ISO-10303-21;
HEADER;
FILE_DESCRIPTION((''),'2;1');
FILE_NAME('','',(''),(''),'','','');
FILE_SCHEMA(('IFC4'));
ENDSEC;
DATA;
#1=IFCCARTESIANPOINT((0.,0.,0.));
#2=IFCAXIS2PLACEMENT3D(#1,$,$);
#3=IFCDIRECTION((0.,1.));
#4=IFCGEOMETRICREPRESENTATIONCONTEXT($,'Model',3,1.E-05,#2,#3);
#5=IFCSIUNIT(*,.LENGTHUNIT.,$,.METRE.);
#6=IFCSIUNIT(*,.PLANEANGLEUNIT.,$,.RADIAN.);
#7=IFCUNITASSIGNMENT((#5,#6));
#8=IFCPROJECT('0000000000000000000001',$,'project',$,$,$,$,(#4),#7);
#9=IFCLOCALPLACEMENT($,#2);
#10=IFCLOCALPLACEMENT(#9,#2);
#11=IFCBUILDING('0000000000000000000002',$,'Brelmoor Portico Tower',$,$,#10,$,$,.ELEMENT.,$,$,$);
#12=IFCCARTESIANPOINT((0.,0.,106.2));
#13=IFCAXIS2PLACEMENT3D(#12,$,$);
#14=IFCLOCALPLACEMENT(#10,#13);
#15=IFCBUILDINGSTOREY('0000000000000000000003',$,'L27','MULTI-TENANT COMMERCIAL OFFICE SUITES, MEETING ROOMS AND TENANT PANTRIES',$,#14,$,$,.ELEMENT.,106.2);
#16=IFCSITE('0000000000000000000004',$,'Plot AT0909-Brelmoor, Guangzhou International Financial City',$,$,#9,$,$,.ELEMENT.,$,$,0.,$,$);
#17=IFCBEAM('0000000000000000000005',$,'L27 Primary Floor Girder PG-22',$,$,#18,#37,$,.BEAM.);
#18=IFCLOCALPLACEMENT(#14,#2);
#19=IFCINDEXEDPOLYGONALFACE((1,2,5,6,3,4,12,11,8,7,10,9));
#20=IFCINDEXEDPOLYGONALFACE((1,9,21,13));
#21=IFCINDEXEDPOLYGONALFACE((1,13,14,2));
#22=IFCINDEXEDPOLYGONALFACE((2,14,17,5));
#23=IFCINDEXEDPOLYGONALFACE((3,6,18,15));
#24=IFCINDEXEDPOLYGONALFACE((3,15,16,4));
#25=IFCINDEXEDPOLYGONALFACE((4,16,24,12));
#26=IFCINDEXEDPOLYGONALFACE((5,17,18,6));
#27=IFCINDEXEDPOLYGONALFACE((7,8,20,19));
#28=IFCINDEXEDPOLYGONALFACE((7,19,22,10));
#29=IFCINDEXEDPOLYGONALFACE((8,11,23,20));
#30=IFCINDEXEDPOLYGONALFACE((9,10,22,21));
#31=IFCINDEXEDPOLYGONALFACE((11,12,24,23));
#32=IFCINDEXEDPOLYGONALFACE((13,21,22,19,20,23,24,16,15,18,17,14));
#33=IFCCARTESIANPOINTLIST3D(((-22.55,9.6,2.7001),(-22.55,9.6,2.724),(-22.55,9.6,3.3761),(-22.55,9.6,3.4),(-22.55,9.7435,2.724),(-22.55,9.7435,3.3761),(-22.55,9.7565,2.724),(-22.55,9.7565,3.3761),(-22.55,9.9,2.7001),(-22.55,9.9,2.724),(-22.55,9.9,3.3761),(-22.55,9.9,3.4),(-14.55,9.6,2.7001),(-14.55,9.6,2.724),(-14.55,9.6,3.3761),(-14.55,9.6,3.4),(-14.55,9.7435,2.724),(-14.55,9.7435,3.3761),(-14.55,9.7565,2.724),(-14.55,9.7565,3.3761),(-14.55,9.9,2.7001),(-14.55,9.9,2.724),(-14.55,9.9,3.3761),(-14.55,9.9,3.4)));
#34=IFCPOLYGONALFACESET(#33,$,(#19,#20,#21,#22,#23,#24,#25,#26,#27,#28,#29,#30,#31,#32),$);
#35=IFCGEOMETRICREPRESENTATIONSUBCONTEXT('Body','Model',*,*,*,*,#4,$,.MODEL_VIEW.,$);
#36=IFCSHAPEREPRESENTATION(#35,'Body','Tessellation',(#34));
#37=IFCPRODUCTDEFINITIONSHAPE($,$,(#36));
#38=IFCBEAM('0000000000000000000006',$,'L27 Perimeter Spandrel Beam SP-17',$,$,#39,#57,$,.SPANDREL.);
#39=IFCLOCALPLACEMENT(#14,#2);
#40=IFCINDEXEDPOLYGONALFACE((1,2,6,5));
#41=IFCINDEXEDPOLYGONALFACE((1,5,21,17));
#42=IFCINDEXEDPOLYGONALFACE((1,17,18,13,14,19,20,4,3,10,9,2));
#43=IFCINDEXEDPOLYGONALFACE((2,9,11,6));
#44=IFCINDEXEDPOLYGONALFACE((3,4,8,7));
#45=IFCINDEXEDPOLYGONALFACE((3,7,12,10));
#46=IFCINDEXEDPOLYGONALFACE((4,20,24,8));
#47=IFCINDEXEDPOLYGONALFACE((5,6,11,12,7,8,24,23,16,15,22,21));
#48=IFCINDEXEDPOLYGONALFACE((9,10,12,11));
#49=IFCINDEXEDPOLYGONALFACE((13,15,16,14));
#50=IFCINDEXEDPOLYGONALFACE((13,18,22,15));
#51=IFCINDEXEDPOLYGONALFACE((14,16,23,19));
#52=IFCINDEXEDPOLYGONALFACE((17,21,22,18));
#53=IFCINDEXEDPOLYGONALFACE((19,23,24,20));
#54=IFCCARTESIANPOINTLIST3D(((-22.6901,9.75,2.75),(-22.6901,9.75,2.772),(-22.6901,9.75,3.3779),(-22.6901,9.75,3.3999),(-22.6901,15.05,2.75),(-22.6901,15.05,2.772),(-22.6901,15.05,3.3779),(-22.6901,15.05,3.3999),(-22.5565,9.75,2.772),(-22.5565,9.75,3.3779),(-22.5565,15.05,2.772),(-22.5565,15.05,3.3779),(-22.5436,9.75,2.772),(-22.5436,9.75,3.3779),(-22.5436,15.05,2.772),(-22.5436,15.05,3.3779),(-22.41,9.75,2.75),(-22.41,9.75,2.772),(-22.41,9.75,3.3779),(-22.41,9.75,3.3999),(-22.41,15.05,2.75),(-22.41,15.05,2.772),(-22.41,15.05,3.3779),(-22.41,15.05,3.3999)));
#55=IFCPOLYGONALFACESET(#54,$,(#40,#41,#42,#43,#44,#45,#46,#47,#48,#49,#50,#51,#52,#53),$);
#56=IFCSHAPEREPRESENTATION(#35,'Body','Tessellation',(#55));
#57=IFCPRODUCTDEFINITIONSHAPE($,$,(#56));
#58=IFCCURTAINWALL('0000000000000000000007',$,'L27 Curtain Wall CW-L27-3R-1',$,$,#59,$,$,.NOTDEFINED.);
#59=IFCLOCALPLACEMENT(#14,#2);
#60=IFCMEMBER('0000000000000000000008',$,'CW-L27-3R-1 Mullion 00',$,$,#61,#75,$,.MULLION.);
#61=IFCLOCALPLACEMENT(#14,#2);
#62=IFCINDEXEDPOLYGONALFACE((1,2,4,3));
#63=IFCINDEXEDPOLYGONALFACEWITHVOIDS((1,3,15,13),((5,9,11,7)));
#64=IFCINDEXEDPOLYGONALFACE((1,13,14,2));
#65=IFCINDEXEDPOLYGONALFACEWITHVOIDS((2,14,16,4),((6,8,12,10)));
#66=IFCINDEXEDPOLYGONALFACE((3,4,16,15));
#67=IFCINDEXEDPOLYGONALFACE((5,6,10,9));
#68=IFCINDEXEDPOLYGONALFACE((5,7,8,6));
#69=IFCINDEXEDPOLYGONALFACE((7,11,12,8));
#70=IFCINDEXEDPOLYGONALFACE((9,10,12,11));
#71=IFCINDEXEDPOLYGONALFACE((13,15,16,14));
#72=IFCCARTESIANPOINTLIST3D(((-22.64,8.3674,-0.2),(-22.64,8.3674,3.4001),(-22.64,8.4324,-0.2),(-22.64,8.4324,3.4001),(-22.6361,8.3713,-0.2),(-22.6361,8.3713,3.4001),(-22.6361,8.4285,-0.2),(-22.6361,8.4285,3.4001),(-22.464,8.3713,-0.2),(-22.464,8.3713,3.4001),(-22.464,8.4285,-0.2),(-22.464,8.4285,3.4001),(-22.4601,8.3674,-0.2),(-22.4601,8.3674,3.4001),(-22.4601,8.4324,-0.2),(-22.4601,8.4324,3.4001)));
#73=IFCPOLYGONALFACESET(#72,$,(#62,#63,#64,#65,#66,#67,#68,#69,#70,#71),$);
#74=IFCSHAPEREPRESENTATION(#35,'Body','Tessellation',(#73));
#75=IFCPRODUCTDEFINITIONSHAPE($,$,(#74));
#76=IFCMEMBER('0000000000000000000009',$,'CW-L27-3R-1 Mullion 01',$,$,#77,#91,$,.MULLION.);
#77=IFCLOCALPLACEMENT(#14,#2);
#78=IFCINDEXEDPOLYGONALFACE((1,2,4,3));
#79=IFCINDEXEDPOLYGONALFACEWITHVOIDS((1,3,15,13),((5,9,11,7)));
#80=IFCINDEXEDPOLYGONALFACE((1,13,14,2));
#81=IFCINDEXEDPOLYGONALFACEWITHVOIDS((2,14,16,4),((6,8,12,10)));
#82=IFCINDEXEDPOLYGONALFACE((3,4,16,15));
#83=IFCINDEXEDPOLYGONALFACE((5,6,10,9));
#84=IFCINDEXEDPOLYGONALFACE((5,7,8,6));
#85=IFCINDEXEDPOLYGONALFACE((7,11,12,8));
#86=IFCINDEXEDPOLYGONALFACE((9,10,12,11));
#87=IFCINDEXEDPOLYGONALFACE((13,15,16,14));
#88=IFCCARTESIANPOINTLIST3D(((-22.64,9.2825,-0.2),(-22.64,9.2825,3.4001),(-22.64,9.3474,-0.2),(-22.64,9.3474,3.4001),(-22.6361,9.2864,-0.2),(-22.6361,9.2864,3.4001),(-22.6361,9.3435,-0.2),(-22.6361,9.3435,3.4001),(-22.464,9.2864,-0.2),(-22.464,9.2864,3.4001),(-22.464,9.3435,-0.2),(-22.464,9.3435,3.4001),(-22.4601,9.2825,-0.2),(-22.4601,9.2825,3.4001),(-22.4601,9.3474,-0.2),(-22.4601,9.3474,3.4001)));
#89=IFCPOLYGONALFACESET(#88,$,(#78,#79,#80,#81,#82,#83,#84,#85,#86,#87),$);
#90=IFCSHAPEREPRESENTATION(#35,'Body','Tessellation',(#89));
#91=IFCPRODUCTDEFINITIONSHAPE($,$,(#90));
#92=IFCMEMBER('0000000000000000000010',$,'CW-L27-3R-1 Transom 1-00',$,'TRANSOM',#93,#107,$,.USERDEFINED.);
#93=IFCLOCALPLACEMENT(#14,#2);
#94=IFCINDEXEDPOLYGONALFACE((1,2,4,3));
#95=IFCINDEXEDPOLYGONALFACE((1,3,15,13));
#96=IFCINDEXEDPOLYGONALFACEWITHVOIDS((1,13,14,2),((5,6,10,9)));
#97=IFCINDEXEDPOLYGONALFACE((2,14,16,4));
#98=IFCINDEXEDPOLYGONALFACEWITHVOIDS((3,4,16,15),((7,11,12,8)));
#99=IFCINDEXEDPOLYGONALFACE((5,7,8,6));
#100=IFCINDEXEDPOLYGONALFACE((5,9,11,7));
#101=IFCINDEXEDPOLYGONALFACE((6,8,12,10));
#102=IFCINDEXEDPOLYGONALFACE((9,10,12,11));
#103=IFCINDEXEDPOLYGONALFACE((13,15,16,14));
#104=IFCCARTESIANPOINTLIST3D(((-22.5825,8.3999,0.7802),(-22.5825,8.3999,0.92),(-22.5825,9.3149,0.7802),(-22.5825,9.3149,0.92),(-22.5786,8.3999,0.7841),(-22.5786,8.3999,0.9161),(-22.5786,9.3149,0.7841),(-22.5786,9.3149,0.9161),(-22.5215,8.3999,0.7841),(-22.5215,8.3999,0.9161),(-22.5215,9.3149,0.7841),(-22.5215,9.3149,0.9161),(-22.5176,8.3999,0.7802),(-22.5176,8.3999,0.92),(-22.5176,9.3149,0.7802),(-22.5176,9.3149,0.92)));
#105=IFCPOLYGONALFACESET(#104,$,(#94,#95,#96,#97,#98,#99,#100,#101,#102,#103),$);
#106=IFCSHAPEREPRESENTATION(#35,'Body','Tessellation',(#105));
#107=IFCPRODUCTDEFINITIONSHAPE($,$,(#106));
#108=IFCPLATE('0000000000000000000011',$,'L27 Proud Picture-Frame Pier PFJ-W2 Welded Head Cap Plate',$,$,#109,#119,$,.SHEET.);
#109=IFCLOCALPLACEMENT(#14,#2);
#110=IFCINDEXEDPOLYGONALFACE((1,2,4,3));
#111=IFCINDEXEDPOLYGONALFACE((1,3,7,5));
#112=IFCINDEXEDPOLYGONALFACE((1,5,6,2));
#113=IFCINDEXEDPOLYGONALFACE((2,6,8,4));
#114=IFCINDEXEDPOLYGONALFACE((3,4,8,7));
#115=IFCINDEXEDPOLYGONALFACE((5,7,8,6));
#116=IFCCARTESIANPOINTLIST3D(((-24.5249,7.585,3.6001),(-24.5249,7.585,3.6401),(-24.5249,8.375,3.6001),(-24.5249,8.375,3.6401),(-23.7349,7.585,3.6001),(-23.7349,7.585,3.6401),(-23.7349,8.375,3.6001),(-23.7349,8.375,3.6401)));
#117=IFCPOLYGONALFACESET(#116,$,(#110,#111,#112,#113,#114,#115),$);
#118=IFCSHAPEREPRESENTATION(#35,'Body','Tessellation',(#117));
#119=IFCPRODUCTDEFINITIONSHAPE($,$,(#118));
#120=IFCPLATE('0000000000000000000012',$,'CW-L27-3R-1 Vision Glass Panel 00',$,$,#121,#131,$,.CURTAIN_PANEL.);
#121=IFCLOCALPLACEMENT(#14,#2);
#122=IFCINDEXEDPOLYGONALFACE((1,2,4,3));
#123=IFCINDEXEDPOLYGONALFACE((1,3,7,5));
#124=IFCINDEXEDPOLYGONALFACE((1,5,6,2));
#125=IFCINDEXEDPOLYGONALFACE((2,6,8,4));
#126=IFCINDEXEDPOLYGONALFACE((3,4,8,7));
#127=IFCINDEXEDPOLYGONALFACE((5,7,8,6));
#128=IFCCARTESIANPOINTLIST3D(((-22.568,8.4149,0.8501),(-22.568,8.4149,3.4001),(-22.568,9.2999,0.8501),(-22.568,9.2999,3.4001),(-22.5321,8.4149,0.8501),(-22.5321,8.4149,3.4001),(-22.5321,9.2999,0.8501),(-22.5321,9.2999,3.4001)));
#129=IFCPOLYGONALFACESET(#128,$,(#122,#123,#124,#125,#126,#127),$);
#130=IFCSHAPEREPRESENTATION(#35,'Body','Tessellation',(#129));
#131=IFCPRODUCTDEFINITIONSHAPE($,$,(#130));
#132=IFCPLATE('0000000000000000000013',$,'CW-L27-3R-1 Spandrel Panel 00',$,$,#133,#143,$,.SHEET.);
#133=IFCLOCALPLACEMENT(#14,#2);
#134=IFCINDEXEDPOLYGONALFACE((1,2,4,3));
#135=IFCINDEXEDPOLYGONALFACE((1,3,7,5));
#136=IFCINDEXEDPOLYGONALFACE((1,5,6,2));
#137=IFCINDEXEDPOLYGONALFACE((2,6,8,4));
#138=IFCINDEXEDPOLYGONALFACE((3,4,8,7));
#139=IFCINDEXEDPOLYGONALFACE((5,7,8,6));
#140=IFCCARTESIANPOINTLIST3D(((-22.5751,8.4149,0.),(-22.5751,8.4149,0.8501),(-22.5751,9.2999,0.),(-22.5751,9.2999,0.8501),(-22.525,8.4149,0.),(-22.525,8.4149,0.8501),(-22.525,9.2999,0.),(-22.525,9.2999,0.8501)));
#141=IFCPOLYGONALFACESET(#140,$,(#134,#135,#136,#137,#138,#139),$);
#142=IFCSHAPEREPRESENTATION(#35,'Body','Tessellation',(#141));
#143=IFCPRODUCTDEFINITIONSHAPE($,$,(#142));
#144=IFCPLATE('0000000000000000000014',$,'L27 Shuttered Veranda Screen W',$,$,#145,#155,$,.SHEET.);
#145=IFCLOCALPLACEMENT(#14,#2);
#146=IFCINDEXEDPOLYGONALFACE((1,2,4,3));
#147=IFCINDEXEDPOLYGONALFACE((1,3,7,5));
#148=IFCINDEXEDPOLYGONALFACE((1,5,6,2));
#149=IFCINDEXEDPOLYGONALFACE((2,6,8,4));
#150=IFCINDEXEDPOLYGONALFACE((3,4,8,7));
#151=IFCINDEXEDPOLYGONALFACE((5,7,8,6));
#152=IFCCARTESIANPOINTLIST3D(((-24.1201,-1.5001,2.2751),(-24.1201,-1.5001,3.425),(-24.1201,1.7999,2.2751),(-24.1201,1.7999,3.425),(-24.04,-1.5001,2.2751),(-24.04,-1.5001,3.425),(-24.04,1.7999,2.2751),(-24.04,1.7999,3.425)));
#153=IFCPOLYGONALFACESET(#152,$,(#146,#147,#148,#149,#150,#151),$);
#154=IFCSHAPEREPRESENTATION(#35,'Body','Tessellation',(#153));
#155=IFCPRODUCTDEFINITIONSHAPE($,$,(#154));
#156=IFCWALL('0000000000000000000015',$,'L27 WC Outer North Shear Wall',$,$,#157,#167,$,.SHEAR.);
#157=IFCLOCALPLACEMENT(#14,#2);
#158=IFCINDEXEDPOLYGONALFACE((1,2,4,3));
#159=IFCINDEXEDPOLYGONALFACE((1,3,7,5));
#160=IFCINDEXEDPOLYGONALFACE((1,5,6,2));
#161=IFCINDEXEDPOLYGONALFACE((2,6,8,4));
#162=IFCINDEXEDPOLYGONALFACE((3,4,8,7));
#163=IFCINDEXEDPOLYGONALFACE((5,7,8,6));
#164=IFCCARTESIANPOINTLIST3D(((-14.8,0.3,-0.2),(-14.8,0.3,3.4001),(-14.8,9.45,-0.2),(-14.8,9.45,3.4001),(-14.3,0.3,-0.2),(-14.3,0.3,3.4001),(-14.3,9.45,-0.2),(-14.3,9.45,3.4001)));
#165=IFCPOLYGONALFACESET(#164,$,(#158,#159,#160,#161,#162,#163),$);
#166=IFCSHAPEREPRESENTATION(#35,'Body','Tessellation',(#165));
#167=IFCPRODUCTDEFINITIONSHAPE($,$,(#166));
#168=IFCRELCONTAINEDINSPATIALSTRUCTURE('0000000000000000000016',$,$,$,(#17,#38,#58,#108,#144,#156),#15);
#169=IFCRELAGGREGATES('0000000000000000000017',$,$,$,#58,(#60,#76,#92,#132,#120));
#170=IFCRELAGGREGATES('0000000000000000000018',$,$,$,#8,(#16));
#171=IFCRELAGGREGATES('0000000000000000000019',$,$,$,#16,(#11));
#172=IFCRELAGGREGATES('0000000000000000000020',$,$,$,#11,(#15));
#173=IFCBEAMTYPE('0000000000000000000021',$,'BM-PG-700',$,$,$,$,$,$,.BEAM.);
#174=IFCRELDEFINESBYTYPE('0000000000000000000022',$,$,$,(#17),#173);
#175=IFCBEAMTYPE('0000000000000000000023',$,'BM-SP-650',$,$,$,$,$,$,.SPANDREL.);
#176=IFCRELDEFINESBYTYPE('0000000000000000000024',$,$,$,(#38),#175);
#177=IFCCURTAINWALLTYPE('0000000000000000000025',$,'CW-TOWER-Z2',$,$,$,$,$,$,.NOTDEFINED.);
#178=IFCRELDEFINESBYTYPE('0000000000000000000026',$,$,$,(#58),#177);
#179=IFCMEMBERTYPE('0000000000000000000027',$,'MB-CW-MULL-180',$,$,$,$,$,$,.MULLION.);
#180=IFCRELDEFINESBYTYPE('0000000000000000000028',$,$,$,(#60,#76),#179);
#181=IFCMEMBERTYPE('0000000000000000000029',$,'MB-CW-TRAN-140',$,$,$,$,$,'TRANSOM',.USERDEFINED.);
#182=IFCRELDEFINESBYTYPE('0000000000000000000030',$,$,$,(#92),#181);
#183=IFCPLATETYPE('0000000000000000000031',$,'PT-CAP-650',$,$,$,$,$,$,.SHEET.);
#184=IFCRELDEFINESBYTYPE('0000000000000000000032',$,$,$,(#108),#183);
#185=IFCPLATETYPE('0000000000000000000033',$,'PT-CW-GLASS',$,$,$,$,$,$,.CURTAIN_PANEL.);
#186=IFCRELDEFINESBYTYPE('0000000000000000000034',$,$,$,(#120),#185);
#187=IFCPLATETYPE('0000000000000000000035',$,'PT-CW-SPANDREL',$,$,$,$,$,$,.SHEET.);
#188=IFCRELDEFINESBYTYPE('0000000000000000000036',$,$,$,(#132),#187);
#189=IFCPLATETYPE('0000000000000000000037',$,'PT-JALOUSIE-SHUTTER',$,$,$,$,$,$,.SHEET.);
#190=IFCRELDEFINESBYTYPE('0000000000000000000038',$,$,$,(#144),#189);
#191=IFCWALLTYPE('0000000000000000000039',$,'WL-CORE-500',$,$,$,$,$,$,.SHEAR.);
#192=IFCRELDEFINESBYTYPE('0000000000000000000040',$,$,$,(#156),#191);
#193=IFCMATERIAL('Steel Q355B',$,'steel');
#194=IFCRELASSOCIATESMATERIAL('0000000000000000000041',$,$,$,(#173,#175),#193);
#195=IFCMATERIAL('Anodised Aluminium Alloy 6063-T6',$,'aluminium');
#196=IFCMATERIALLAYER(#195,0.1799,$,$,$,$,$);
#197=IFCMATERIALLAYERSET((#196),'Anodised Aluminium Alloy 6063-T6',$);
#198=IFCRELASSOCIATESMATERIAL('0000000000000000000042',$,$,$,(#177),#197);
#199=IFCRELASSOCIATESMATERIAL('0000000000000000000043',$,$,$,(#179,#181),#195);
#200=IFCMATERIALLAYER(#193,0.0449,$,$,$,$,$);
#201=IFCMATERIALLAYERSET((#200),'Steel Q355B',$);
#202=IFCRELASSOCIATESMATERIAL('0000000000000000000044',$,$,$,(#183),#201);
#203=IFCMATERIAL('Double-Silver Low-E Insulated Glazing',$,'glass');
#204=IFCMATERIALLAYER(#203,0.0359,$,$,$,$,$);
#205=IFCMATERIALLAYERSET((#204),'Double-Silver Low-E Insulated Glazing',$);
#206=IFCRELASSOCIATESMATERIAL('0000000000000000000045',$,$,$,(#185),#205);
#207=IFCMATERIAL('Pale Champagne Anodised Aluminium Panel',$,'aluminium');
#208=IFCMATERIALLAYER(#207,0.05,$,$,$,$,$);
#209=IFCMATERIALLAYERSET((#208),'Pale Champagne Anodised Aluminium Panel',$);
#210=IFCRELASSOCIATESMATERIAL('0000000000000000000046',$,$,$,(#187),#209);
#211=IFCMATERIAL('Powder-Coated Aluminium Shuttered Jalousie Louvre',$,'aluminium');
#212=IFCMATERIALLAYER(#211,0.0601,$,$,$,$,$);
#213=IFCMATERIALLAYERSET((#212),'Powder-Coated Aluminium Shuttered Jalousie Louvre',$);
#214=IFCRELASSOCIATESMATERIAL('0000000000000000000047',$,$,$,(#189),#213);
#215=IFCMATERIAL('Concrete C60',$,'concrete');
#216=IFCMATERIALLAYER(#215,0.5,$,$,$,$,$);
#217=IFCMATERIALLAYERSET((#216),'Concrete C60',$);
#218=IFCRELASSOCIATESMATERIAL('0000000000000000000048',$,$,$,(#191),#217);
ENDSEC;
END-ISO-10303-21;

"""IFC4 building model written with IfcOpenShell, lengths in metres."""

from ifc_helpers import new_model, si_unit, direction, frame, frame_2d, origin, origin_2d, place, context, subcontext, project, spatial, rectangle, hollow_rectangle, i_section, extrude, material, layer, layer_set, material_profile, profile_set, type_object, element, aggregate, save


model = new_model("IFC4")

# Units and contexts
model_context = context("Model", 3, precision=1e-05, world=origin(), true_north=direction((0.0, 1.0)))
body_context = subcontext(model_context, "Body", "Model", "MODEL_VIEW")
ifc_project = project(units=[si_unit("LENGTHUNIT", "METRE"), si_unit("PLANEANGLEUNIT", "RADIAN")], contexts=[model_context])

# Site, building, storey
site_placement = place(None, origin())
site = spatial("IfcSite", under=ifc_project, at=site_placement, Name="Plot AT0909-Brelmoor, Guangzhou International Financial City", CompositionType="ELEMENT", RefElevation=0.0)
building_placement = place(site_placement, origin())
building = spatial("IfcBuilding", under=site, at=building_placement, Name="Brelmoor Portico Tower", CompositionType="ELEMENT")
storey_placement = place(building_placement, frame((0.0, 0.0, 106.2)))
storey = spatial("IfcBuildingStorey", under=building, at=storey_placement, Name="L27", Description="MULTI-TENANT COMMERCIAL OFFICE SUITES, MEETING ROOMS AND TENANT PANTRIES", CompositionType="ELEMENT", Elevation=106.2)

# Shared definitions
ifc_material_1 = material(Name="Steel Q355B", Category="steel")

# Beams
ifc_material_profile_1 = material_profile(ifc_material_1, i_section(OverallWidth=0.3, OverallDepth=0.7, WebThickness=0.0129, FlangeThickness=0.0239, at=origin_2d()), Name="HN 700x300x13x24")
ifc_profile_set_1 = profile_set([ifc_material_profile_1], Name="Steel Q355B")
beam_type_1 = type_object("IfcBeamType", Name="BM-PG-700", PredefinedType="BEAM", material=ifc_profile_set_1)
beam_1_placement = place(storey_placement, frame((-22.55, 9.75, 3.05), z_axis=(1.0, 0.0, 0.0), x_axis=(0.0, 1.0, 0.0)))
element("IfcBeam", 1, at=beam_1_placement, inside=storey, type_object=beam_type_1, Name="L27 Primary Floor Girder PG-22", PredefinedType="BEAM", context=body_context, shape_type="SweptSolid", body=[
    extrude(i_section(OverallWidth=0.3, OverallDepth=0.7, WebThickness=0.0129, FlangeThickness=0.0239, at=origin_2d()), origin(), (0.0, 0.0, 1.0), 8.0),
])
ifc_material_profile_2 = material_profile(ifc_material_1, i_section(OverallWidth=0.28, OverallDepth=0.6499, WebThickness=0.0129, FlangeThickness=0.022, at=origin_2d()), Name="HN 650x280x13x22")
ifc_profile_set_2 = profile_set([ifc_material_profile_2], Name="Steel Q355B")
beam_type_2 = type_object("IfcBeamType", Name="BM-SP-650", PredefinedType="SPANDREL", material=ifc_profile_set_2)
beam_2_placement = place(storey_placement, frame((-22.55, 9.75, 3.075), z_axis=(0.0, 1.0, 0.0), x_axis=(-1.0, 0.0, 0.0)))
element("IfcBeam", 2, at=beam_2_placement, inside=storey, type_object=beam_type_2, Name="L27 Perimeter Spandrel Beam SP-17", PredefinedType="SPANDREL", context=body_context, shape_type="SweptSolid", body=[
    extrude(i_section(OverallWidth=0.28, OverallDepth=0.6499, WebThickness=0.0129, FlangeThickness=0.022, at=origin_2d()), origin(), (0.0, 0.0, 1.0), 5.3),
])

# Curtain wall, members
ifc_material_2 = material(Name="Anodised Aluminium Alloy 6063-T6", Category="aluminium")
ifc_layer_1 = layer(ifc_material_2, 0.1799)
ifc_layer_set_1 = layer_set([ifc_layer_1], Name="Anodised Aluminium Alloy 6063-T6")
curtain_wall_type = type_object("IfcCurtainWallType", Name="CW-TOWER-Z2", PredefinedType="NOTDEFINED", material=ifc_layer_set_1)
curtain_wall_placement = place(storey_placement, origin())
curtain_wall = element("IfcCurtainWall", 3, at=curtain_wall_placement, inside=storey, type_object=curtain_wall_type, Name="L27 Curtain Wall CW-L27-3R-1", PredefinedType="NOTDEFINED")
ifc_material_profile_3 = material_profile(ifc_material_2, hollow_rectangle(XDim=0.0649, YDim=0.1799, WallThickness=0.0039, at=origin_2d()), Name="ALU MULLION 65x180")
ifc_profile_set_3 = profile_set([ifc_material_profile_3], Name="Anodised Aluminium Alloy 6063-T6")
member_type_1 = type_object("IfcMemberType", Name="MB-CW-MULL-180", PredefinedType="MULLION", material=ifc_profile_set_3)
member_1_placement = place(storey_placement, frame((-22.55, 8.3999, -0.2), z_axis=(0.0, 0.0, 1.0), x_axis=(0.0, 1.0, 0.0)))
member_1 = element("IfcMember", 4, at=member_1_placement, type_object=member_type_1, Name="CW-L27-3R-1 Mullion 00", PredefinedType="MULLION", context=body_context, shape_type="SweptSolid", body=[
    extrude(hollow_rectangle(XDim=0.0649, YDim=0.1799, WallThickness=0.0039, at=origin_2d()), origin(), (0.0, 0.0, 1.0), 3.6001),
])
member_2_placement = place(storey_placement, frame((-22.55, 9.3149, -0.2), z_axis=(0.0, 0.0, 1.0), x_axis=(0.0, 1.0, 0.0)))
member_2 = element("IfcMember", 5, at=member_2_placement, type_object=member_type_1, Name="CW-L27-3R-1 Mullion 01", PredefinedType="MULLION", context=body_context, shape_type="SweptSolid", body=[
    extrude(hollow_rectangle(XDim=0.0649, YDim=0.1799, WallThickness=0.0039, at=origin_2d()), origin(), (0.0, 0.0, 1.0), 3.6001),
])
ifc_material_profile_4 = material_profile(ifc_material_2, hollow_rectangle(XDim=0.0649, YDim=0.1399, WallThickness=0.0039, at=origin_2d()), Name="ALU TRANSOM 65x140")
ifc_profile_set_4 = profile_set([ifc_material_profile_4], Name="Anodised Aluminium Alloy 6063-T6")
member_type_2 = type_object("IfcMemberType", Name="MB-CW-TRAN-140", ElementType="TRANSOM", PredefinedType="USERDEFINED", material=ifc_profile_set_4)
member_3_placement = place(storey_placement, frame((-22.55, 8.3999, 0.8501), z_axis=(0.0, 1.0, 0.0), x_axis=(-1.0, 0.0, 0.0)))
member_3 = element("IfcMember", 6, at=member_3_placement, type_object=member_type_2, Name="CW-L27-3R-1 Transom 1-00", ObjectType="TRANSOM", PredefinedType="USERDEFINED", context=body_context, shape_type="SweptSolid", body=[
    extrude(hollow_rectangle(XDim=0.0649, YDim=0.1399, WallThickness=0.0039, at=origin_2d()), origin(), (0.0, 0.0, 1.0), 0.915),
])

# Plates
ifc_layer_2 = layer(ifc_material_1, 0.0449)
ifc_layer_set_2 = layer_set([ifc_layer_2], Name="Steel Q355B")
plate_type_1 = type_object("IfcPlateType", Name="PT-CAP-650", PredefinedType="SHEET", material=ifc_layer_set_2)
plate_1_placement = place(storey_placement, frame((-24.1299, 7.98, 3.6001), z_axis=(0.0, 0.0, 1.0), x_axis=(0.0, 1.0, 0.0)))
element("IfcPlate", 7, at=plate_1_placement, inside=storey, type_object=plate_type_1, Name="L27 Proud Picture-Frame Pier PFJ-W2 Welded Head Cap Plate", PredefinedType="SHEET", context=body_context, shape_type="SweptSolid", body=[
    extrude(rectangle(XDim=0.79, YDim=0.79, at=origin_2d()), origin(), (0.0, 0.0, 1.0), 0.04),
])
ifc_material_3 = material(Name="Double-Silver Low-E Insulated Glazing", Category="glass")
ifc_layer_3 = layer(ifc_material_3, 0.0359)
ifc_layer_set_3 = layer_set([ifc_layer_3], Name="Double-Silver Low-E Insulated Glazing")
plate_type_2 = type_object("IfcPlateType", Name="PT-CW-GLASS", PredefinedType="CURTAIN_PANEL", material=ifc_layer_set_3)
plate_2_placement = place(storey_placement, frame((-22.55, 8.8574, 0.8501), z_axis=(0.0, 0.0, 1.0), x_axis=(0.0, 1.0, 0.0)))
plate_2 = element("IfcPlate", 8, at=plate_2_placement, type_object=plate_type_2, Name="CW-L27-3R-1 Vision Glass Panel 00", PredefinedType="CURTAIN_PANEL", context=body_context, shape_type="SweptSolid", body=[
    extrude(rectangle(XDim=0.885, YDim=0.0359, at=origin_2d()), origin(), (0.0, 0.0, 1.0), 2.55),
])
ifc_material_4 = material(Name="Pale Champagne Anodised Aluminium Panel", Category="aluminium")
ifc_layer_4 = layer(ifc_material_4, 0.05)
ifc_layer_set_4 = layer_set([ifc_layer_4], Name="Pale Champagne Anodised Aluminium Panel")
plate_type_3 = type_object("IfcPlateType", Name="PT-CW-SPANDREL", PredefinedType="SHEET", material=ifc_layer_set_4)
plate_3_placement = place(storey_placement, frame((-22.55, 8.8574, 0.0), z_axis=(0.0, 0.0, 1.0), x_axis=(0.0, 1.0, 0.0)))
plate_3 = element("IfcPlate", 9, at=plate_3_placement, type_object=plate_type_3, Name="CW-L27-3R-1 Spandrel Panel 00", PredefinedType="SHEET", context=body_context, shape_type="SweptSolid", body=[
    extrude(rectangle(XDim=0.885, YDim=0.05, at=origin_2d()), origin(), (0.0, 0.0, 1.0), 0.8501),
])
aggregate(curtain_wall, [member_1, member_2, member_3, plate_3, plate_2])
ifc_material_5 = material(Name="Powder-Coated Aluminium Shuttered Jalousie Louvre", Category="aluminium")
ifc_layer_5 = layer(ifc_material_5, 0.0601)
ifc_layer_set_5 = layer_set([ifc_layer_5], Name="Powder-Coated Aluminium Shuttered Jalousie Louvre")
plate_type_4 = type_object("IfcPlateType", Name="PT-JALOUSIE-SHUTTER", PredefinedType="SHEET", material=ifc_layer_set_5)
plate_4_placement = place(storey_placement, frame((-24.0801, 0.1499, 2.2751), z_axis=(0.0, 0.0, 1.0), x_axis=(0.0, 1.0, 0.0)))
element("IfcPlate", 10, at=plate_4_placement, inside=storey, type_object=plate_type_4, Name="L27 Shuttered Veranda Screen W", PredefinedType="SHEET", context=body_context, shape_type="SweptSolid", body=[
    extrude(rectangle(XDim=3.3, YDim=0.0801, at=origin_2d()), origin(), (0.0, 0.0, 1.0), 1.1499),
])

# Wall
ifc_material_6 = material(Name="Concrete C60", Category="concrete")
ifc_layer_6 = layer(ifc_material_6, 0.5)
ifc_layer_set_6 = layer_set([ifc_layer_6], Name="Concrete C60")
wall_type = type_object("IfcWallType", Name="WL-CORE-500", PredefinedType="SHEAR", material=ifc_layer_set_6)
wall_placement = place(storey_placement, frame((-14.55, 0.3, -0.2), z_axis=(0.0, 0.0, 1.0), x_axis=(0.0, 1.0, 0.0)))
element("IfcWall", 11, at=wall_placement, inside=storey, type_object=wall_type, Name="L27 WC Outer North Shear Wall", PredefinedType="SHEAR", context=body_context, shape_type="SweptSolid", body=[
    extrude(rectangle(XDim=9.1499, YDim=0.5, at=frame_2d((4.575, 0.0))), origin(), (0.0, 0.0, 1.0), 3.6001),
])

save(model, "model.ifc")
